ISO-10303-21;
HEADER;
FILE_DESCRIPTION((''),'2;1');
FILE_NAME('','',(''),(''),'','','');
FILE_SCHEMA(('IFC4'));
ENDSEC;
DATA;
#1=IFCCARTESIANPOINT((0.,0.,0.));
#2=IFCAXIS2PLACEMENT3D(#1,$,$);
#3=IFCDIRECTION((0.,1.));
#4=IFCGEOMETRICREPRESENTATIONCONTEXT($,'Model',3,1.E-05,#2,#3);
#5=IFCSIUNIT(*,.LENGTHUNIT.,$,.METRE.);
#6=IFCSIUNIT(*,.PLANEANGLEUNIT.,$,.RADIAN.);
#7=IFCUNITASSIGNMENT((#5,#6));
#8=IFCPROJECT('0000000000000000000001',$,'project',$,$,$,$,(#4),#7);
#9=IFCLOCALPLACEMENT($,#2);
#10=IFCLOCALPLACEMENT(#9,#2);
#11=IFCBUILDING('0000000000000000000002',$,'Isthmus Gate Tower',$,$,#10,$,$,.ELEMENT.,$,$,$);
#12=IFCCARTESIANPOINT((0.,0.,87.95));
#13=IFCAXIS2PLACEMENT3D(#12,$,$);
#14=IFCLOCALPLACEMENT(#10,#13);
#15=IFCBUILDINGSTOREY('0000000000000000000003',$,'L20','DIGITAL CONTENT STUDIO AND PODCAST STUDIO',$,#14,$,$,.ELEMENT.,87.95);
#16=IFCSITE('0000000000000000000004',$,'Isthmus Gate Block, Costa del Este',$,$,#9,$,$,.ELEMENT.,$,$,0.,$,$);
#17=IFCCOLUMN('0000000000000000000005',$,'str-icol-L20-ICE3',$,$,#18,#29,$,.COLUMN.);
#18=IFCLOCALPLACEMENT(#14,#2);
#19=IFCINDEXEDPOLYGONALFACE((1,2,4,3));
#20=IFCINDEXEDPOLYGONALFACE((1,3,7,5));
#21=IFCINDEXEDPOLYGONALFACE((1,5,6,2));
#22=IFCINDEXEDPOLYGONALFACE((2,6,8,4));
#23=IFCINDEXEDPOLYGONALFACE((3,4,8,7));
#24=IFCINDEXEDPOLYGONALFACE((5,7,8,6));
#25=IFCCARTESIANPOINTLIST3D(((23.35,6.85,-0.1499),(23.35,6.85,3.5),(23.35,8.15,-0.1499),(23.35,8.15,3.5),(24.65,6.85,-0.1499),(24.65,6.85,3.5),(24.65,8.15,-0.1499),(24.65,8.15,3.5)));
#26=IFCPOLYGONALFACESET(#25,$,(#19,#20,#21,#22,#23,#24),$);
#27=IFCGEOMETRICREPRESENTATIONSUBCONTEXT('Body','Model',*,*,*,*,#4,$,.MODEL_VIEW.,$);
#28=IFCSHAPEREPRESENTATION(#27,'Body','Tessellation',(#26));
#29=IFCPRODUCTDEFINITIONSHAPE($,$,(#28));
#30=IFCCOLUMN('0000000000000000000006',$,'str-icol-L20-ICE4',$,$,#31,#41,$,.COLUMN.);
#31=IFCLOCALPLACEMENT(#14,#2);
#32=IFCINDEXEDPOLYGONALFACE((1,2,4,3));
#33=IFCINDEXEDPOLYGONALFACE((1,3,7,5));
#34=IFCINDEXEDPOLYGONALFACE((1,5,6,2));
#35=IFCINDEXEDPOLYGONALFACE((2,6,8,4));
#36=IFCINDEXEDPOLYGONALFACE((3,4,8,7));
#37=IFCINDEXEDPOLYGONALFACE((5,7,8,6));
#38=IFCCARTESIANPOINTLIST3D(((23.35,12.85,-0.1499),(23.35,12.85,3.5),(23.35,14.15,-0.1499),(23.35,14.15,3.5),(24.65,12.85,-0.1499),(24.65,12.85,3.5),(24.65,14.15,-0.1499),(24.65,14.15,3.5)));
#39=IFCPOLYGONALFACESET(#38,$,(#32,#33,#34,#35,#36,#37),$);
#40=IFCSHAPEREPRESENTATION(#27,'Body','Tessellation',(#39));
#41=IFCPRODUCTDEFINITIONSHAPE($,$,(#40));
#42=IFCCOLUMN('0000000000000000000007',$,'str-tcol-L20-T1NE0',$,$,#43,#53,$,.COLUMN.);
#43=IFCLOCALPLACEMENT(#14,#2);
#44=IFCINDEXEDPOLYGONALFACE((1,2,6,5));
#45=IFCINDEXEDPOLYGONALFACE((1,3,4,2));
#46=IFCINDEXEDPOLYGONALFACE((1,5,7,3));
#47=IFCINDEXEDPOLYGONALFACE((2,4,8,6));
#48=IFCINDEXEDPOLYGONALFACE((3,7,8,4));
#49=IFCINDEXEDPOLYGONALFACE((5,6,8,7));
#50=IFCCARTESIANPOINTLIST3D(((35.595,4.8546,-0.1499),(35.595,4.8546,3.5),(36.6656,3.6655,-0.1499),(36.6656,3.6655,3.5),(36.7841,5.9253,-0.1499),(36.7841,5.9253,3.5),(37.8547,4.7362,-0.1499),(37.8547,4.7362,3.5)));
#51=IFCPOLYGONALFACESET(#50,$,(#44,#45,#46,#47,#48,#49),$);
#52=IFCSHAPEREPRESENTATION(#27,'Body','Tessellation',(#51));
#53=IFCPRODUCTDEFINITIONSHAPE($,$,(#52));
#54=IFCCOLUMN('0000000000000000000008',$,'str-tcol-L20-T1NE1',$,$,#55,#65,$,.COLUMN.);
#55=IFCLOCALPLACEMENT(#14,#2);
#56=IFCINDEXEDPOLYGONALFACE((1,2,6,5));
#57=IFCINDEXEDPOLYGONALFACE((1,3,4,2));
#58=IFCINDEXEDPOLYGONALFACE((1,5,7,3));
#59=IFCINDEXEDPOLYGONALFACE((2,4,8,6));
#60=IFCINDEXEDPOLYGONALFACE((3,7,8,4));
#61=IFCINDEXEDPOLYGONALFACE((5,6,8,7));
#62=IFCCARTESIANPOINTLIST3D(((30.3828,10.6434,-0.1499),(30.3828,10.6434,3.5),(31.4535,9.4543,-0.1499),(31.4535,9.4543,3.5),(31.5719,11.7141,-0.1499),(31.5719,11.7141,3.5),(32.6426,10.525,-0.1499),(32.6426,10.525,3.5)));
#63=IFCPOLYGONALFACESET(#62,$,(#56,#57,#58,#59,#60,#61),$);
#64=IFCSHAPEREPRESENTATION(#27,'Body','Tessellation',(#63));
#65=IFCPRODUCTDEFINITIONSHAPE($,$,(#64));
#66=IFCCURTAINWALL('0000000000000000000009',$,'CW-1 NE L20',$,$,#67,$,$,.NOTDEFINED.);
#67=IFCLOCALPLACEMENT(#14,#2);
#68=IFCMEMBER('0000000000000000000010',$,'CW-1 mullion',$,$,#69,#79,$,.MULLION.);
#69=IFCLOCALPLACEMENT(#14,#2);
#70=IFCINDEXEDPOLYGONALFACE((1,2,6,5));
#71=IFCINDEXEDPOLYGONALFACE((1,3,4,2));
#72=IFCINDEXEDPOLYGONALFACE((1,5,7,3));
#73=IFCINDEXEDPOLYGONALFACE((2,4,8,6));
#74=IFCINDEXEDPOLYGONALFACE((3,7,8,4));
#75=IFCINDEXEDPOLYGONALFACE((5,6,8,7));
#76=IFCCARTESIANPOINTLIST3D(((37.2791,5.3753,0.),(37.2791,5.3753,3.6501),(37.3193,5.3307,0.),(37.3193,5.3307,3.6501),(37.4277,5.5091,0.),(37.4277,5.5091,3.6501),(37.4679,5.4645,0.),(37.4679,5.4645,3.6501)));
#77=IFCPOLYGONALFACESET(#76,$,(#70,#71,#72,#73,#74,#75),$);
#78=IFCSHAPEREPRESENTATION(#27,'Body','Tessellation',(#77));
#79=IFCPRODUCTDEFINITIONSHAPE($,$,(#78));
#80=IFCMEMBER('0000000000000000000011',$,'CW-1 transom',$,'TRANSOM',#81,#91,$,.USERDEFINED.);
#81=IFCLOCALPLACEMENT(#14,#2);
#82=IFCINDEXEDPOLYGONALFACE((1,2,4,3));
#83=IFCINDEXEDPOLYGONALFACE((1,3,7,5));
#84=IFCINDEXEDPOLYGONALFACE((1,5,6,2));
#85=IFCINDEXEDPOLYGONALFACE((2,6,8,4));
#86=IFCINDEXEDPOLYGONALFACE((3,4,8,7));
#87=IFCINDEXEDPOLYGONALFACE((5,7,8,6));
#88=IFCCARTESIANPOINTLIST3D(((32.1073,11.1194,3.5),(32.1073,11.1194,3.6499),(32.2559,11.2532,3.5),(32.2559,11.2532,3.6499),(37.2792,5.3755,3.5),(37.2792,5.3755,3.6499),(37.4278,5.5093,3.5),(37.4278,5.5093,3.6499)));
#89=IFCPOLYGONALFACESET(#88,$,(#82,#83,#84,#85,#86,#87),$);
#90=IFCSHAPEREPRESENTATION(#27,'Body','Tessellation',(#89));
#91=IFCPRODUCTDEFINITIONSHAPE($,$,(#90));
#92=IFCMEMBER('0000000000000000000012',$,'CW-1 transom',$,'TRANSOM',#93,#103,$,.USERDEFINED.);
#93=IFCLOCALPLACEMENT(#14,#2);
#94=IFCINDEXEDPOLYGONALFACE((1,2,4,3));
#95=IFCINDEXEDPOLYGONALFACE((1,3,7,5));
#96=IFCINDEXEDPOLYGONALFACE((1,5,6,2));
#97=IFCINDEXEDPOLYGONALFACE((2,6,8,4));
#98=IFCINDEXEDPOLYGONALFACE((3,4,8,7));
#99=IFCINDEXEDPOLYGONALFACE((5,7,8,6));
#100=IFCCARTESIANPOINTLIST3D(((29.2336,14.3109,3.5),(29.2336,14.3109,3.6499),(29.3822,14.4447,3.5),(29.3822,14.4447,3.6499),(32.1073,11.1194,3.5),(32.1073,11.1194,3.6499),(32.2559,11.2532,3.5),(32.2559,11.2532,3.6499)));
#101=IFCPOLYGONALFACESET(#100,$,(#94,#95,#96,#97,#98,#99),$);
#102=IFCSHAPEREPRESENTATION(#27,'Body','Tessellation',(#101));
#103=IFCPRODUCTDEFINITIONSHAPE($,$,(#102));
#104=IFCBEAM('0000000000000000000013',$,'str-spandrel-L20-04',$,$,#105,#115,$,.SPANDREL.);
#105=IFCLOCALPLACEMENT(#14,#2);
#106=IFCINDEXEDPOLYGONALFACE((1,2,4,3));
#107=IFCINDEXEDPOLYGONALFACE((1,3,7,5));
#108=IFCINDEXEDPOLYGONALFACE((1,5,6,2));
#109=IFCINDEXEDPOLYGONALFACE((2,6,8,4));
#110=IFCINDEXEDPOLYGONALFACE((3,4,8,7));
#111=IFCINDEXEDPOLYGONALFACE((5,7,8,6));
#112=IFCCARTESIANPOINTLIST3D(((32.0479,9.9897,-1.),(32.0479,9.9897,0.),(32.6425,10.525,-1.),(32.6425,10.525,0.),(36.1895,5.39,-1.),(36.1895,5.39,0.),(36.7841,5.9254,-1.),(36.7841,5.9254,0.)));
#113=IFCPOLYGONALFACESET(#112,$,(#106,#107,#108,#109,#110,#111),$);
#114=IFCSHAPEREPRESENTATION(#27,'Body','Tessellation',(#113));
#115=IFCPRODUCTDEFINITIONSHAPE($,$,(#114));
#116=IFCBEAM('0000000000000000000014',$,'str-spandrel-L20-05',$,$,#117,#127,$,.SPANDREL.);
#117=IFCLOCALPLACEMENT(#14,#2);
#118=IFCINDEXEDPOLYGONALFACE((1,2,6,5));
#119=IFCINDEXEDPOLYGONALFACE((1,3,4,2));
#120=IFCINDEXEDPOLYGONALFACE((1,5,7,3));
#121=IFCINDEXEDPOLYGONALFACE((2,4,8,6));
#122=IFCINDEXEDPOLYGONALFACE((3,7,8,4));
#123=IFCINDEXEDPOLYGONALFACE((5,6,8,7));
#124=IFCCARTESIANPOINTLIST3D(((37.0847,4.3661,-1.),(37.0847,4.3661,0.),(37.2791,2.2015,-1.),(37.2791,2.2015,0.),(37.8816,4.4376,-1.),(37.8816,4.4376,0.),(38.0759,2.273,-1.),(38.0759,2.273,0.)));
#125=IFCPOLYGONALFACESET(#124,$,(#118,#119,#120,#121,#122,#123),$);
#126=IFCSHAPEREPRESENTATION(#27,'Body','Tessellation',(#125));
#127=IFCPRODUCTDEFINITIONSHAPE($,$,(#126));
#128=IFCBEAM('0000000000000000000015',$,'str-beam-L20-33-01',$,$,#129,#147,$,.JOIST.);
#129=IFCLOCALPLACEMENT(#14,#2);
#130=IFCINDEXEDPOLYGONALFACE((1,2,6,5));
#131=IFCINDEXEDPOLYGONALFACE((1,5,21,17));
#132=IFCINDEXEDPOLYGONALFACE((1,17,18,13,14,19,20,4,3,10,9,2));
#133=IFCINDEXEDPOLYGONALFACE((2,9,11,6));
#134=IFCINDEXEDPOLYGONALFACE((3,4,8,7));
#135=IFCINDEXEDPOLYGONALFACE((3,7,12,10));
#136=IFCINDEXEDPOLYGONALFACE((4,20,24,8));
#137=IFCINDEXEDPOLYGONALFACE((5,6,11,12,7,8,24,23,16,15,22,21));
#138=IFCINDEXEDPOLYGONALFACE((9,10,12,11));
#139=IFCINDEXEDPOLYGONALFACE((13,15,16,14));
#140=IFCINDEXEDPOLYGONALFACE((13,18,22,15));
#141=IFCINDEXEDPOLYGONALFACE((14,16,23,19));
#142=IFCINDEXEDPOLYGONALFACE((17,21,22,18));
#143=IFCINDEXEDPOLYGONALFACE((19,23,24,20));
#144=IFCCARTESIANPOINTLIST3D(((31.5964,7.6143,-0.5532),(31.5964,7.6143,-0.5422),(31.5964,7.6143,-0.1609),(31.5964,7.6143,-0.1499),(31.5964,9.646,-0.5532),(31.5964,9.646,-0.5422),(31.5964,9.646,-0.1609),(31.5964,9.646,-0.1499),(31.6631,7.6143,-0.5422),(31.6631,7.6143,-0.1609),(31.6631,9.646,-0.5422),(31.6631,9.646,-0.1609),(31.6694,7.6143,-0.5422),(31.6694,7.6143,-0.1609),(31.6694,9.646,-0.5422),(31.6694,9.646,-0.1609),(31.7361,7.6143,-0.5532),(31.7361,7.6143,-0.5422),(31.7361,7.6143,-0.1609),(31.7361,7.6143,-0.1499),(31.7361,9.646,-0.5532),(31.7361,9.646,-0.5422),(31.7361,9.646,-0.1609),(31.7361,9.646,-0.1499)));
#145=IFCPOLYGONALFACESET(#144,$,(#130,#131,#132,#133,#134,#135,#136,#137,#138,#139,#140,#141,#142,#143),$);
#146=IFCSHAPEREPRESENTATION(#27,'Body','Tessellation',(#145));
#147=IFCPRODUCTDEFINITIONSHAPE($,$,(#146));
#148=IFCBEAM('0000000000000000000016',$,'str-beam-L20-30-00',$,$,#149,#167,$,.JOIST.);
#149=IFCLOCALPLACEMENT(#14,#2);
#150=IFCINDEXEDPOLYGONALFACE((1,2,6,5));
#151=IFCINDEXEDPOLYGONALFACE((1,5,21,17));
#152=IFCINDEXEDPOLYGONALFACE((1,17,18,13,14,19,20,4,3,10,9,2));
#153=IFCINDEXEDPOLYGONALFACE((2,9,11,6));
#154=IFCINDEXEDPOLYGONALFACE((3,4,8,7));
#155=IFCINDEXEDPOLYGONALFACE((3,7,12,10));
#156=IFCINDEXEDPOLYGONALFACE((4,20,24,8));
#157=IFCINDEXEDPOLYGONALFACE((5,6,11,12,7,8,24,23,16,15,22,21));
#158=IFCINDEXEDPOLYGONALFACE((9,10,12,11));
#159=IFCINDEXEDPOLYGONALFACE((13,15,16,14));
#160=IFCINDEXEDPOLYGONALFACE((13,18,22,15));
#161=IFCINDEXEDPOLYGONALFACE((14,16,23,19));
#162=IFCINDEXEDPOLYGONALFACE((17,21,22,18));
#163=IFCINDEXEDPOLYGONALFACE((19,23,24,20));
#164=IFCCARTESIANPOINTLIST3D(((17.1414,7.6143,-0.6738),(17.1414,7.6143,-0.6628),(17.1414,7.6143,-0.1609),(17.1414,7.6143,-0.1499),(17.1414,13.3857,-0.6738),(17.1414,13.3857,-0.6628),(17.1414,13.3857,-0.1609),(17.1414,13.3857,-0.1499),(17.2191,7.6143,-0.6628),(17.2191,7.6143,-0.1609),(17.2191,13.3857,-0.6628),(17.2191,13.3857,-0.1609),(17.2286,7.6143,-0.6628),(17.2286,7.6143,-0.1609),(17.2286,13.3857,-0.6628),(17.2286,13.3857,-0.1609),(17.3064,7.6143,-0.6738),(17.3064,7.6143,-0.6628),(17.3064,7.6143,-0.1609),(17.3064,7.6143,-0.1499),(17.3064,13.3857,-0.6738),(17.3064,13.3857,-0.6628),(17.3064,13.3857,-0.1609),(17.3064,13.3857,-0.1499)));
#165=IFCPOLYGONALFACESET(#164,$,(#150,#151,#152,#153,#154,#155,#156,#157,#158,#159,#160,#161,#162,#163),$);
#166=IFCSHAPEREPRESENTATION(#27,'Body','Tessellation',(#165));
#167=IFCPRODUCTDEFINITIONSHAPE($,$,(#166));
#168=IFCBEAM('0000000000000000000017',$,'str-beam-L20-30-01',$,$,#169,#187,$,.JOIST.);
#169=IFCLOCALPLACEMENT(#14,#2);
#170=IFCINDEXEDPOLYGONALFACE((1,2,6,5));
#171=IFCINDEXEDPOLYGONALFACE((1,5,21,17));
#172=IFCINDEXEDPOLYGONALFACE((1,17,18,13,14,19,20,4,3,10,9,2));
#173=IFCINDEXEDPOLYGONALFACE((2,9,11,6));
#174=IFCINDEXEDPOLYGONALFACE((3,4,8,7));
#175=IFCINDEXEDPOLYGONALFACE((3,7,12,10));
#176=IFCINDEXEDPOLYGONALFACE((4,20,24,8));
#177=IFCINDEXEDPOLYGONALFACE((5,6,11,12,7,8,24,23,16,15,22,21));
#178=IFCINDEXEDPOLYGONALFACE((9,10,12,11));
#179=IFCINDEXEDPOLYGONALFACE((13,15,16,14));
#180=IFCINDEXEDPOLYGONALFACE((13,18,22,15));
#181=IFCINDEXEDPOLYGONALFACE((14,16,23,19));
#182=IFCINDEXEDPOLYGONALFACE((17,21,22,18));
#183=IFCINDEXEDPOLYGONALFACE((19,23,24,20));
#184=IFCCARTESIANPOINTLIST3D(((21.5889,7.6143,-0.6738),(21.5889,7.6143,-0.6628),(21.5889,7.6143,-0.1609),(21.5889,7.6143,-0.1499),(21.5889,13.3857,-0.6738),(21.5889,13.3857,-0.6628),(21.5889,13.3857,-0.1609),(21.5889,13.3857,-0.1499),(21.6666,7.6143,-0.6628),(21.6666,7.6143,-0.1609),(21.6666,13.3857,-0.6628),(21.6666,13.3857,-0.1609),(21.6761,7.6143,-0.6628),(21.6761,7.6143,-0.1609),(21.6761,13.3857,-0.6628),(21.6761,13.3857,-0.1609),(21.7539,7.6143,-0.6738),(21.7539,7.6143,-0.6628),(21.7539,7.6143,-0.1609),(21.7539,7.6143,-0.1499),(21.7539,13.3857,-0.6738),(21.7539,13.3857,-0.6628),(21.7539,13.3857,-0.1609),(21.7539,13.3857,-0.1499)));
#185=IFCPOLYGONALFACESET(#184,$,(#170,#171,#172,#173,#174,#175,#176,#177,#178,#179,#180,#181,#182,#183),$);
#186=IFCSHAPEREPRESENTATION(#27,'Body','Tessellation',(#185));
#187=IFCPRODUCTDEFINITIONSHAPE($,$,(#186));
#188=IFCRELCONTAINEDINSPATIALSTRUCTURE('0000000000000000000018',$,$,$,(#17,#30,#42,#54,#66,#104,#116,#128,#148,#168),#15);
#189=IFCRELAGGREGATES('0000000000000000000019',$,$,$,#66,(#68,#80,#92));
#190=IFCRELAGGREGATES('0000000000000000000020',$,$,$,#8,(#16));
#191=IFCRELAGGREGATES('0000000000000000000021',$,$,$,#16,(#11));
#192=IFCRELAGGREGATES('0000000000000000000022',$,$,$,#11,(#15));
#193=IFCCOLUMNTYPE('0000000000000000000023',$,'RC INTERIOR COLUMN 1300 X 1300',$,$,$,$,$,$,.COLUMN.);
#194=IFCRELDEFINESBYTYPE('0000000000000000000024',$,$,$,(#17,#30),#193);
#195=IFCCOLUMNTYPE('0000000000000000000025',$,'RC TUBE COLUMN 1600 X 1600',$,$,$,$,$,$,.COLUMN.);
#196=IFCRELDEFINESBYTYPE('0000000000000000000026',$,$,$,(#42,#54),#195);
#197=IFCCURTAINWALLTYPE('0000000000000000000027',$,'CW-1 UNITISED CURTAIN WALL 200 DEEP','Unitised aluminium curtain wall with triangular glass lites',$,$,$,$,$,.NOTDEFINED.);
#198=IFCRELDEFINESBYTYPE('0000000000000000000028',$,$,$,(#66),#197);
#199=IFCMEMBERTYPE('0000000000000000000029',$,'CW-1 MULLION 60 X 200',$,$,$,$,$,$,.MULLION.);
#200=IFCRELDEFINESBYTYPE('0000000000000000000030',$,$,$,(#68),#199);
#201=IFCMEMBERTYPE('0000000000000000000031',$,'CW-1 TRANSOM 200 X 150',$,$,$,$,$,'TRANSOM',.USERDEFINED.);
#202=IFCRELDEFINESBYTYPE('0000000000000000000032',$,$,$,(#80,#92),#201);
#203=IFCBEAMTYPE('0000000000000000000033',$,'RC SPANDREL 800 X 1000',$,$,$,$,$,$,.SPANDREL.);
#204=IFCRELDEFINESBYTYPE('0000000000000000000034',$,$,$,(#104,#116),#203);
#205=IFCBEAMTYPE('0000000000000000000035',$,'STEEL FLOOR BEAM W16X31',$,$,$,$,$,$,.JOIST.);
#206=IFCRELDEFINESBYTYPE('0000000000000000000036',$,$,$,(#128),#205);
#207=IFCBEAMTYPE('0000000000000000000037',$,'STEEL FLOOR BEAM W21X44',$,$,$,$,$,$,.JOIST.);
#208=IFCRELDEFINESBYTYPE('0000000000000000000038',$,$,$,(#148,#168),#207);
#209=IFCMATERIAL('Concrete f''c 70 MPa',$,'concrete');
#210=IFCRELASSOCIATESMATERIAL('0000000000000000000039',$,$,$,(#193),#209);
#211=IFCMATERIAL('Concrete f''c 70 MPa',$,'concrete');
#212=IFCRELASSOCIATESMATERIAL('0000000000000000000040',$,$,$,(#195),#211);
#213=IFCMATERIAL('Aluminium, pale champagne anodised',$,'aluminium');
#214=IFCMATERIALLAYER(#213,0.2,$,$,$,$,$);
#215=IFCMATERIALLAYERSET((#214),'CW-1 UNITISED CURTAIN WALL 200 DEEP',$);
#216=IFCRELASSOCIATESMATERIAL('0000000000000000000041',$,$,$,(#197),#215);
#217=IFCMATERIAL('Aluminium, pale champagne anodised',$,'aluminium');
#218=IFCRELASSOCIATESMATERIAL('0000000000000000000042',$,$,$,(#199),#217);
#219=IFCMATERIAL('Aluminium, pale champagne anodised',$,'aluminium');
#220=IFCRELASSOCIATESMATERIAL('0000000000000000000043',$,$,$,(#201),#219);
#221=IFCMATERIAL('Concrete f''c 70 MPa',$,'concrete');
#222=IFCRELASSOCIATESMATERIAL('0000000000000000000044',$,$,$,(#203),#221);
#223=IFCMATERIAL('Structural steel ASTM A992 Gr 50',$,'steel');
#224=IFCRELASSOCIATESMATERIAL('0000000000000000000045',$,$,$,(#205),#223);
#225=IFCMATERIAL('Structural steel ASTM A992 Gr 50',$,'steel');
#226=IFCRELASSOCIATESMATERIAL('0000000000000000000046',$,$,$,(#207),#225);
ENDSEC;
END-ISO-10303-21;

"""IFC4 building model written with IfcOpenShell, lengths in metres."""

from ifc_helpers import new_model, si_unit, direction, frame, origin, origin_2d, place, context, subcontext, project, spatial, rectangle, i_section, extrude, material, layer, layer_set, material_profile, profile_set, type_object, element, aggregate, save


model = new_model("IFC4")

# Units and contexts
model_context = context("Model", 3, precision=1e-05, world=origin(), true_north=direction((0.0, 1.0)))
body_context = subcontext(model_context, "Body", "Model", "MODEL_VIEW")
ifc_project = project(units=[si_unit("LENGTHUNIT", "METRE"), si_unit("PLANEANGLEUNIT", "RADIAN")], contexts=[model_context])

# Site, building, storey
site_placement = place(None, origin())
site = spatial("IfcSite", under=ifc_project, at=site_placement, Name="Isthmus Gate Block, Costa del Este", CompositionType="ELEMENT", RefElevation=0.0)
building_placement = place(site_placement, origin())
building = spatial("IfcBuilding", under=site, at=building_placement, Name="Isthmus Gate Tower", CompositionType="ELEMENT")
storey_placement = place(building_placement, frame((0.0, 0.0, 87.95)))
storey = spatial("IfcBuildingStorey", under=building, at=storey_placement, Name="L20", Description="DIGITAL CONTENT STUDIO AND PODCAST STUDIO", CompositionType="ELEMENT", Elevation=87.95)

# Columns
ifc_material_1 = material(Name="Concrete f'c 70 MPa", Category="concrete")
ifc_material_profile_1 = material_profile(ifc_material_1, rectangle(XDim=1.3, YDim=1.3, at=origin_2d()), Name="RC 1300X1300")
ifc_profile_set_1 = profile_set([ifc_material_profile_1], Name="Concrete f'c 70 MPa")
column_type_1 = type_object("IfcColumnType", Name="RC INTERIOR COLUMN 1300 X 1300", PredefinedType="COLUMN", material=ifc_profile_set_1)
for number, where, z_axis, x_axis, name in (
    (1, (24.0, 7.5, -0.1499), (0.0, 0.0, 1.0), (1.0, 0.0, 0.0), "str-icol-L20-ICE3"),
    (2, (24.0, 13.5, -0.1499), (0.0, 0.0, 1.0), (1.0, 0.0, 0.0), "str-icol-L20-ICE4"),
):
    element("IfcColumn", number, at=place(storey_placement, frame(where, z_axis=z_axis, x_axis=x_axis)), inside=storey, type_object=column_type_1, Name=name, PredefinedType="COLUMN", context=body_context, shape_type="SweptSolid", body=[
        extrude(rectangle(XDim=1.3, YDim=1.3, at=origin_2d()), origin(), (0.0, 0.0, 1.0), 3.6499),
    ])
ifc_material_2 = material(Name="Concrete f'c 70 MPa", Category="concrete")
ifc_material_profile_2 = material_profile(ifc_material_2, rectangle(XDim=1.6001, YDim=1.6001, at=origin_2d()), Name="RC 1600X1600")
ifc_profile_set_2 = profile_set([ifc_material_profile_2], Name="Concrete f'c 70 MPa")
column_type_2 = type_object("IfcColumnType", Name="RC TUBE COLUMN 1600 X 1600", PredefinedType="COLUMN", material=ifc_profile_set_2)
for number, where, z_axis, x_axis, name in (
    (3, (36.7249, 4.7954, -0.1499), (0.0, 0.0, 1.0), (-0.669131, 0.743145, 0.0), "str-tcol-L20-T1NE0"),
    (4, (31.5127, 10.5842, -0.1499), (0.0, 0.0, 1.0), (-0.669131, 0.743145, 0.0), "str-tcol-L20-T1NE1"),
):
    element("IfcColumn", number, at=place(storey_placement, frame(where, z_axis=z_axis, x_axis=x_axis)), inside=storey, type_object=column_type_2, Name=name, PredefinedType="COLUMN", context=body_context, shape_type="SweptSolid", body=[
        extrude(rectangle(XDim=1.6001, YDim=1.6001, at=origin_2d()), origin(), (0.0, 0.0, 1.0), 3.6499),
    ])

# Curtain wall, members
ifc_material_3 = material(Name="Aluminium, pale champagne anodised", Category="aluminium")
ifc_layer_1 = layer(ifc_material_3, 0.2)
ifc_layer_set_1 = layer_set([ifc_layer_1], Name="CW-1 UNITISED CURTAIN WALL 200 DEEP")
curtain_wall_type = type_object("IfcCurtainWallType", Name="CW-1 UNITISED CURTAIN WALL 200 DEEP", Description="Unitised aluminium curtain wall with triangular glass lites", PredefinedType="NOTDEFINED", material=ifc_layer_set_1)
curtain_wall_placement = place(storey_placement, origin())
curtain_wall = element("IfcCurtainWall", 5, at=curtain_wall_placement, inside=storey, type_object=curtain_wall_type, Name="CW-1 NE L20", PredefinedType="NOTDEFINED")
ifc_material_4 = material(Name="Aluminium, pale champagne anodised", Category="aluminium")
ifc_material_profile_3 = material_profile(ifc_material_4, rectangle(XDim=0.0601, YDim=0.2, at=origin_2d()), Name="60x200")
ifc_profile_set_3 = profile_set([ifc_material_profile_3], Name="Aluminium, pale champagne anodised")
member_type_1 = type_object("IfcMemberType", Name="CW-1 MULLION 60 X 200", PredefinedType="MULLION", material=ifc_profile_set_3)
member_1_placement = place(storey_placement, frame((37.3735, 5.4199, 0.0), z_axis=(0.0, 0.0, 1.0), x_axis=(-0.669131, 0.743145, 0.0)))
member_1 = element("IfcMember", 6, at=member_1_placement, type_object=member_type_1, Name="CW-1 mullion", PredefinedType="MULLION", context=body_context, shape_type="SweptSolid", body=[
    extrude(rectangle(XDim=0.0601, YDim=0.2, at=origin_2d()), origin(), (0.0, 0.0, 1.0), 3.6501),
])
ifc_material_5 = material(Name="Aluminium, pale champagne anodised", Category="aluminium")
ifc_material_profile_4 = material_profile(ifc_material_5, rectangle(XDim=0.2, YDim=0.1499, at=origin_2d()), Name="200x150")
ifc_profile_set_4 = profile_set([ifc_material_profile_4], Name="Aluminium, pale champagne anodised")
member_type_2 = type_object("IfcMemberType", Name="CW-1 TRANSOM 200 X 150", ElementType="TRANSOM", PredefinedType="USERDEFINED", material=ifc_profile_set_4)
member_2_placement = place(storey_placement, frame((37.3535, 5.4424, 3.575), z_axis=(-0.669134, 0.743142, 0.0), x_axis=(-0.743142, -0.669134, 0.0)))
member_2 = element("IfcMember", 7, at=member_2_placement, type_object=member_type_2, Name="CW-1 transom", ObjectType="TRANSOM", PredefinedType="USERDEFINED", context=body_context, shape_type="SweptSolid", body=[
    extrude(rectangle(XDim=0.2, YDim=0.1499, at=origin_2d()), origin(), (0.0, 0.0, 1.0), 7.7292),
])
member_3_placement = place(storey_placement, frame((32.1816, 11.1863, 3.575), z_axis=(-0.669131, 0.743144, 0.0), x_axis=(-0.743144, -0.669131, 0.0)))
member_3 = element("IfcMember", 8, at=member_3_placement, type_object=member_type_2, Name="CW-1 transom", ObjectType="TRANSOM", PredefinedType="USERDEFINED", context=body_context, shape_type="SweptSolid", body=[
    extrude(rectangle(XDim=0.2, YDim=0.1499, at=origin_2d()), origin(), (0.0, 0.0, 1.0), 4.2947),
])

# Beams
ifc_material_6 = material(Name="Concrete f'c 70 MPa", Category="concrete")
ifc_material_profile_5 = material_profile(ifc_material_6, rectangle(XDim=0.8, YDim=1.0, at=origin_2d()), Name="RC 800X1000")
ifc_profile_set_5 = profile_set([ifc_material_profile_5], Name="Concrete f'c 70 MPa")
beam_type_1 = type_object("IfcBeamType", Name="RC SPANDREL 800 X 1000", PredefinedType="SPANDREL", material=ifc_profile_set_5)
beam_1_placement = place(storey_placement, frame((32.3452, 10.2573, -0.5), z_axis=(0.669139, -0.743137, 0.0), x_axis=(0.743137, 0.669139, 0.0)))
element("IfcBeam", 9, at=beam_1_placement, inside=storey, type_object=beam_type_1, Name="str-spandrel-L20-04", PredefinedType="SPANDREL", context=body_context, shape_type="SweptSolid", body=[
    extrude(rectangle(XDim=0.8, YDim=1.0, at=origin_2d()), origin(), (0.0, 0.0, 1.0), 6.1895),
])
beam_2_placement = place(storey_placement, frame((37.4832, 4.4019, -0.5), z_axis=(0.089422, -0.995994, 0.0), x_axis=(0.995994, 0.089422, 0.0)))
element("IfcBeam", 10, at=beam_2_placement, inside=storey, type_object=beam_type_1, Name="str-spandrel-L20-05", PredefinedType="SPANDREL", context=body_context, shape_type="SweptSolid", body=[
    extrude(rectangle(XDim=0.8, YDim=1.0, at=origin_2d()), origin(), (0.0, 0.0, 1.0), 2.1733),
])
ifc_material_7 = material(Name="Structural steel ASTM A992 Gr 50", Category="steel")
ifc_material_profile_6 = material_profile(ifc_material_7, i_section(OverallWidth=0.1396, OverallDepth=0.4033, WebThickness=0.0063, FlangeThickness=0.011, at=origin_2d()), Name="W16X31")
ifc_profile_set_6 = profile_set([ifc_material_profile_6], Name="Structural steel ASTM A992 Gr 50")
beam_type_2 = type_object("IfcBeamType", Name="STEEL FLOOR BEAM W16X31", PredefinedType="JOIST", material=ifc_profile_set_6)
beam_3_placement = place(storey_placement, frame((31.6663, 7.6143, -0.3516), z_axis=(0.0, 1.0, 0.0), x_axis=(-1.0, 0.0, 0.0)))
element("IfcBeam", 11, at=beam_3_placement, inside=storey, type_object=beam_type_2, Name="str-beam-L20-33-01", PredefinedType="JOIST", context=body_context, shape_type="SweptSolid", body=[
    extrude(i_section(OverallWidth=0.1396, OverallDepth=0.4033, WebThickness=0.0063, FlangeThickness=0.011, at=origin_2d()), origin(), (0.0, 0.0, 1.0), 2.0317),
])
ifc_material_8 = material(Name="Structural steel ASTM A992 Gr 50", Category="steel")
ifc_material_profile_7 = material_profile(ifc_material_8, i_section(OverallWidth=0.165, OverallDepth=0.5239, WebThickness=0.0095, FlangeThickness=0.011, at=origin_2d()), Name="W21X44")
ifc_profile_set_7 = profile_set([ifc_material_profile_7], Name="Structural steel ASTM A992 Gr 50")
beam_type_3 = type_object("IfcBeamType", Name="STEEL FLOOR BEAM W21X44", PredefinedType="JOIST", material=ifc_profile_set_7)
for number, where, z_axis, x_axis, name in (
    (12, (17.2239, 7.6143, -0.4119), (0.0, 1.0, 0.0), (-1.0, 0.0, 0.0), "str-beam-L20-30-00"),
    (13, (21.6714, 7.6143, -0.4119), (0.0, 1.0, 0.0), (-1.0, 0.0, 0.0), "str-beam-L20-30-01"),
):
    element("IfcBeam", number, at=place(storey_placement, frame(where, z_axis=z_axis, x_axis=x_axis)), inside=storey, type_object=beam_type_3, Name=name, PredefinedType="JOIST", context=body_context, shape_type="SweptSolid", body=[
        extrude(i_section(OverallWidth=0.165, OverallDepth=0.5239, WebThickness=0.0095, FlangeThickness=0.011, at=origin_2d()), origin(), (0.0, 0.0, 1.0), 5.7715),
    ])

aggregate(curtain_wall, [member_1, member_2, member_3])

save(model, "model.ifc")
